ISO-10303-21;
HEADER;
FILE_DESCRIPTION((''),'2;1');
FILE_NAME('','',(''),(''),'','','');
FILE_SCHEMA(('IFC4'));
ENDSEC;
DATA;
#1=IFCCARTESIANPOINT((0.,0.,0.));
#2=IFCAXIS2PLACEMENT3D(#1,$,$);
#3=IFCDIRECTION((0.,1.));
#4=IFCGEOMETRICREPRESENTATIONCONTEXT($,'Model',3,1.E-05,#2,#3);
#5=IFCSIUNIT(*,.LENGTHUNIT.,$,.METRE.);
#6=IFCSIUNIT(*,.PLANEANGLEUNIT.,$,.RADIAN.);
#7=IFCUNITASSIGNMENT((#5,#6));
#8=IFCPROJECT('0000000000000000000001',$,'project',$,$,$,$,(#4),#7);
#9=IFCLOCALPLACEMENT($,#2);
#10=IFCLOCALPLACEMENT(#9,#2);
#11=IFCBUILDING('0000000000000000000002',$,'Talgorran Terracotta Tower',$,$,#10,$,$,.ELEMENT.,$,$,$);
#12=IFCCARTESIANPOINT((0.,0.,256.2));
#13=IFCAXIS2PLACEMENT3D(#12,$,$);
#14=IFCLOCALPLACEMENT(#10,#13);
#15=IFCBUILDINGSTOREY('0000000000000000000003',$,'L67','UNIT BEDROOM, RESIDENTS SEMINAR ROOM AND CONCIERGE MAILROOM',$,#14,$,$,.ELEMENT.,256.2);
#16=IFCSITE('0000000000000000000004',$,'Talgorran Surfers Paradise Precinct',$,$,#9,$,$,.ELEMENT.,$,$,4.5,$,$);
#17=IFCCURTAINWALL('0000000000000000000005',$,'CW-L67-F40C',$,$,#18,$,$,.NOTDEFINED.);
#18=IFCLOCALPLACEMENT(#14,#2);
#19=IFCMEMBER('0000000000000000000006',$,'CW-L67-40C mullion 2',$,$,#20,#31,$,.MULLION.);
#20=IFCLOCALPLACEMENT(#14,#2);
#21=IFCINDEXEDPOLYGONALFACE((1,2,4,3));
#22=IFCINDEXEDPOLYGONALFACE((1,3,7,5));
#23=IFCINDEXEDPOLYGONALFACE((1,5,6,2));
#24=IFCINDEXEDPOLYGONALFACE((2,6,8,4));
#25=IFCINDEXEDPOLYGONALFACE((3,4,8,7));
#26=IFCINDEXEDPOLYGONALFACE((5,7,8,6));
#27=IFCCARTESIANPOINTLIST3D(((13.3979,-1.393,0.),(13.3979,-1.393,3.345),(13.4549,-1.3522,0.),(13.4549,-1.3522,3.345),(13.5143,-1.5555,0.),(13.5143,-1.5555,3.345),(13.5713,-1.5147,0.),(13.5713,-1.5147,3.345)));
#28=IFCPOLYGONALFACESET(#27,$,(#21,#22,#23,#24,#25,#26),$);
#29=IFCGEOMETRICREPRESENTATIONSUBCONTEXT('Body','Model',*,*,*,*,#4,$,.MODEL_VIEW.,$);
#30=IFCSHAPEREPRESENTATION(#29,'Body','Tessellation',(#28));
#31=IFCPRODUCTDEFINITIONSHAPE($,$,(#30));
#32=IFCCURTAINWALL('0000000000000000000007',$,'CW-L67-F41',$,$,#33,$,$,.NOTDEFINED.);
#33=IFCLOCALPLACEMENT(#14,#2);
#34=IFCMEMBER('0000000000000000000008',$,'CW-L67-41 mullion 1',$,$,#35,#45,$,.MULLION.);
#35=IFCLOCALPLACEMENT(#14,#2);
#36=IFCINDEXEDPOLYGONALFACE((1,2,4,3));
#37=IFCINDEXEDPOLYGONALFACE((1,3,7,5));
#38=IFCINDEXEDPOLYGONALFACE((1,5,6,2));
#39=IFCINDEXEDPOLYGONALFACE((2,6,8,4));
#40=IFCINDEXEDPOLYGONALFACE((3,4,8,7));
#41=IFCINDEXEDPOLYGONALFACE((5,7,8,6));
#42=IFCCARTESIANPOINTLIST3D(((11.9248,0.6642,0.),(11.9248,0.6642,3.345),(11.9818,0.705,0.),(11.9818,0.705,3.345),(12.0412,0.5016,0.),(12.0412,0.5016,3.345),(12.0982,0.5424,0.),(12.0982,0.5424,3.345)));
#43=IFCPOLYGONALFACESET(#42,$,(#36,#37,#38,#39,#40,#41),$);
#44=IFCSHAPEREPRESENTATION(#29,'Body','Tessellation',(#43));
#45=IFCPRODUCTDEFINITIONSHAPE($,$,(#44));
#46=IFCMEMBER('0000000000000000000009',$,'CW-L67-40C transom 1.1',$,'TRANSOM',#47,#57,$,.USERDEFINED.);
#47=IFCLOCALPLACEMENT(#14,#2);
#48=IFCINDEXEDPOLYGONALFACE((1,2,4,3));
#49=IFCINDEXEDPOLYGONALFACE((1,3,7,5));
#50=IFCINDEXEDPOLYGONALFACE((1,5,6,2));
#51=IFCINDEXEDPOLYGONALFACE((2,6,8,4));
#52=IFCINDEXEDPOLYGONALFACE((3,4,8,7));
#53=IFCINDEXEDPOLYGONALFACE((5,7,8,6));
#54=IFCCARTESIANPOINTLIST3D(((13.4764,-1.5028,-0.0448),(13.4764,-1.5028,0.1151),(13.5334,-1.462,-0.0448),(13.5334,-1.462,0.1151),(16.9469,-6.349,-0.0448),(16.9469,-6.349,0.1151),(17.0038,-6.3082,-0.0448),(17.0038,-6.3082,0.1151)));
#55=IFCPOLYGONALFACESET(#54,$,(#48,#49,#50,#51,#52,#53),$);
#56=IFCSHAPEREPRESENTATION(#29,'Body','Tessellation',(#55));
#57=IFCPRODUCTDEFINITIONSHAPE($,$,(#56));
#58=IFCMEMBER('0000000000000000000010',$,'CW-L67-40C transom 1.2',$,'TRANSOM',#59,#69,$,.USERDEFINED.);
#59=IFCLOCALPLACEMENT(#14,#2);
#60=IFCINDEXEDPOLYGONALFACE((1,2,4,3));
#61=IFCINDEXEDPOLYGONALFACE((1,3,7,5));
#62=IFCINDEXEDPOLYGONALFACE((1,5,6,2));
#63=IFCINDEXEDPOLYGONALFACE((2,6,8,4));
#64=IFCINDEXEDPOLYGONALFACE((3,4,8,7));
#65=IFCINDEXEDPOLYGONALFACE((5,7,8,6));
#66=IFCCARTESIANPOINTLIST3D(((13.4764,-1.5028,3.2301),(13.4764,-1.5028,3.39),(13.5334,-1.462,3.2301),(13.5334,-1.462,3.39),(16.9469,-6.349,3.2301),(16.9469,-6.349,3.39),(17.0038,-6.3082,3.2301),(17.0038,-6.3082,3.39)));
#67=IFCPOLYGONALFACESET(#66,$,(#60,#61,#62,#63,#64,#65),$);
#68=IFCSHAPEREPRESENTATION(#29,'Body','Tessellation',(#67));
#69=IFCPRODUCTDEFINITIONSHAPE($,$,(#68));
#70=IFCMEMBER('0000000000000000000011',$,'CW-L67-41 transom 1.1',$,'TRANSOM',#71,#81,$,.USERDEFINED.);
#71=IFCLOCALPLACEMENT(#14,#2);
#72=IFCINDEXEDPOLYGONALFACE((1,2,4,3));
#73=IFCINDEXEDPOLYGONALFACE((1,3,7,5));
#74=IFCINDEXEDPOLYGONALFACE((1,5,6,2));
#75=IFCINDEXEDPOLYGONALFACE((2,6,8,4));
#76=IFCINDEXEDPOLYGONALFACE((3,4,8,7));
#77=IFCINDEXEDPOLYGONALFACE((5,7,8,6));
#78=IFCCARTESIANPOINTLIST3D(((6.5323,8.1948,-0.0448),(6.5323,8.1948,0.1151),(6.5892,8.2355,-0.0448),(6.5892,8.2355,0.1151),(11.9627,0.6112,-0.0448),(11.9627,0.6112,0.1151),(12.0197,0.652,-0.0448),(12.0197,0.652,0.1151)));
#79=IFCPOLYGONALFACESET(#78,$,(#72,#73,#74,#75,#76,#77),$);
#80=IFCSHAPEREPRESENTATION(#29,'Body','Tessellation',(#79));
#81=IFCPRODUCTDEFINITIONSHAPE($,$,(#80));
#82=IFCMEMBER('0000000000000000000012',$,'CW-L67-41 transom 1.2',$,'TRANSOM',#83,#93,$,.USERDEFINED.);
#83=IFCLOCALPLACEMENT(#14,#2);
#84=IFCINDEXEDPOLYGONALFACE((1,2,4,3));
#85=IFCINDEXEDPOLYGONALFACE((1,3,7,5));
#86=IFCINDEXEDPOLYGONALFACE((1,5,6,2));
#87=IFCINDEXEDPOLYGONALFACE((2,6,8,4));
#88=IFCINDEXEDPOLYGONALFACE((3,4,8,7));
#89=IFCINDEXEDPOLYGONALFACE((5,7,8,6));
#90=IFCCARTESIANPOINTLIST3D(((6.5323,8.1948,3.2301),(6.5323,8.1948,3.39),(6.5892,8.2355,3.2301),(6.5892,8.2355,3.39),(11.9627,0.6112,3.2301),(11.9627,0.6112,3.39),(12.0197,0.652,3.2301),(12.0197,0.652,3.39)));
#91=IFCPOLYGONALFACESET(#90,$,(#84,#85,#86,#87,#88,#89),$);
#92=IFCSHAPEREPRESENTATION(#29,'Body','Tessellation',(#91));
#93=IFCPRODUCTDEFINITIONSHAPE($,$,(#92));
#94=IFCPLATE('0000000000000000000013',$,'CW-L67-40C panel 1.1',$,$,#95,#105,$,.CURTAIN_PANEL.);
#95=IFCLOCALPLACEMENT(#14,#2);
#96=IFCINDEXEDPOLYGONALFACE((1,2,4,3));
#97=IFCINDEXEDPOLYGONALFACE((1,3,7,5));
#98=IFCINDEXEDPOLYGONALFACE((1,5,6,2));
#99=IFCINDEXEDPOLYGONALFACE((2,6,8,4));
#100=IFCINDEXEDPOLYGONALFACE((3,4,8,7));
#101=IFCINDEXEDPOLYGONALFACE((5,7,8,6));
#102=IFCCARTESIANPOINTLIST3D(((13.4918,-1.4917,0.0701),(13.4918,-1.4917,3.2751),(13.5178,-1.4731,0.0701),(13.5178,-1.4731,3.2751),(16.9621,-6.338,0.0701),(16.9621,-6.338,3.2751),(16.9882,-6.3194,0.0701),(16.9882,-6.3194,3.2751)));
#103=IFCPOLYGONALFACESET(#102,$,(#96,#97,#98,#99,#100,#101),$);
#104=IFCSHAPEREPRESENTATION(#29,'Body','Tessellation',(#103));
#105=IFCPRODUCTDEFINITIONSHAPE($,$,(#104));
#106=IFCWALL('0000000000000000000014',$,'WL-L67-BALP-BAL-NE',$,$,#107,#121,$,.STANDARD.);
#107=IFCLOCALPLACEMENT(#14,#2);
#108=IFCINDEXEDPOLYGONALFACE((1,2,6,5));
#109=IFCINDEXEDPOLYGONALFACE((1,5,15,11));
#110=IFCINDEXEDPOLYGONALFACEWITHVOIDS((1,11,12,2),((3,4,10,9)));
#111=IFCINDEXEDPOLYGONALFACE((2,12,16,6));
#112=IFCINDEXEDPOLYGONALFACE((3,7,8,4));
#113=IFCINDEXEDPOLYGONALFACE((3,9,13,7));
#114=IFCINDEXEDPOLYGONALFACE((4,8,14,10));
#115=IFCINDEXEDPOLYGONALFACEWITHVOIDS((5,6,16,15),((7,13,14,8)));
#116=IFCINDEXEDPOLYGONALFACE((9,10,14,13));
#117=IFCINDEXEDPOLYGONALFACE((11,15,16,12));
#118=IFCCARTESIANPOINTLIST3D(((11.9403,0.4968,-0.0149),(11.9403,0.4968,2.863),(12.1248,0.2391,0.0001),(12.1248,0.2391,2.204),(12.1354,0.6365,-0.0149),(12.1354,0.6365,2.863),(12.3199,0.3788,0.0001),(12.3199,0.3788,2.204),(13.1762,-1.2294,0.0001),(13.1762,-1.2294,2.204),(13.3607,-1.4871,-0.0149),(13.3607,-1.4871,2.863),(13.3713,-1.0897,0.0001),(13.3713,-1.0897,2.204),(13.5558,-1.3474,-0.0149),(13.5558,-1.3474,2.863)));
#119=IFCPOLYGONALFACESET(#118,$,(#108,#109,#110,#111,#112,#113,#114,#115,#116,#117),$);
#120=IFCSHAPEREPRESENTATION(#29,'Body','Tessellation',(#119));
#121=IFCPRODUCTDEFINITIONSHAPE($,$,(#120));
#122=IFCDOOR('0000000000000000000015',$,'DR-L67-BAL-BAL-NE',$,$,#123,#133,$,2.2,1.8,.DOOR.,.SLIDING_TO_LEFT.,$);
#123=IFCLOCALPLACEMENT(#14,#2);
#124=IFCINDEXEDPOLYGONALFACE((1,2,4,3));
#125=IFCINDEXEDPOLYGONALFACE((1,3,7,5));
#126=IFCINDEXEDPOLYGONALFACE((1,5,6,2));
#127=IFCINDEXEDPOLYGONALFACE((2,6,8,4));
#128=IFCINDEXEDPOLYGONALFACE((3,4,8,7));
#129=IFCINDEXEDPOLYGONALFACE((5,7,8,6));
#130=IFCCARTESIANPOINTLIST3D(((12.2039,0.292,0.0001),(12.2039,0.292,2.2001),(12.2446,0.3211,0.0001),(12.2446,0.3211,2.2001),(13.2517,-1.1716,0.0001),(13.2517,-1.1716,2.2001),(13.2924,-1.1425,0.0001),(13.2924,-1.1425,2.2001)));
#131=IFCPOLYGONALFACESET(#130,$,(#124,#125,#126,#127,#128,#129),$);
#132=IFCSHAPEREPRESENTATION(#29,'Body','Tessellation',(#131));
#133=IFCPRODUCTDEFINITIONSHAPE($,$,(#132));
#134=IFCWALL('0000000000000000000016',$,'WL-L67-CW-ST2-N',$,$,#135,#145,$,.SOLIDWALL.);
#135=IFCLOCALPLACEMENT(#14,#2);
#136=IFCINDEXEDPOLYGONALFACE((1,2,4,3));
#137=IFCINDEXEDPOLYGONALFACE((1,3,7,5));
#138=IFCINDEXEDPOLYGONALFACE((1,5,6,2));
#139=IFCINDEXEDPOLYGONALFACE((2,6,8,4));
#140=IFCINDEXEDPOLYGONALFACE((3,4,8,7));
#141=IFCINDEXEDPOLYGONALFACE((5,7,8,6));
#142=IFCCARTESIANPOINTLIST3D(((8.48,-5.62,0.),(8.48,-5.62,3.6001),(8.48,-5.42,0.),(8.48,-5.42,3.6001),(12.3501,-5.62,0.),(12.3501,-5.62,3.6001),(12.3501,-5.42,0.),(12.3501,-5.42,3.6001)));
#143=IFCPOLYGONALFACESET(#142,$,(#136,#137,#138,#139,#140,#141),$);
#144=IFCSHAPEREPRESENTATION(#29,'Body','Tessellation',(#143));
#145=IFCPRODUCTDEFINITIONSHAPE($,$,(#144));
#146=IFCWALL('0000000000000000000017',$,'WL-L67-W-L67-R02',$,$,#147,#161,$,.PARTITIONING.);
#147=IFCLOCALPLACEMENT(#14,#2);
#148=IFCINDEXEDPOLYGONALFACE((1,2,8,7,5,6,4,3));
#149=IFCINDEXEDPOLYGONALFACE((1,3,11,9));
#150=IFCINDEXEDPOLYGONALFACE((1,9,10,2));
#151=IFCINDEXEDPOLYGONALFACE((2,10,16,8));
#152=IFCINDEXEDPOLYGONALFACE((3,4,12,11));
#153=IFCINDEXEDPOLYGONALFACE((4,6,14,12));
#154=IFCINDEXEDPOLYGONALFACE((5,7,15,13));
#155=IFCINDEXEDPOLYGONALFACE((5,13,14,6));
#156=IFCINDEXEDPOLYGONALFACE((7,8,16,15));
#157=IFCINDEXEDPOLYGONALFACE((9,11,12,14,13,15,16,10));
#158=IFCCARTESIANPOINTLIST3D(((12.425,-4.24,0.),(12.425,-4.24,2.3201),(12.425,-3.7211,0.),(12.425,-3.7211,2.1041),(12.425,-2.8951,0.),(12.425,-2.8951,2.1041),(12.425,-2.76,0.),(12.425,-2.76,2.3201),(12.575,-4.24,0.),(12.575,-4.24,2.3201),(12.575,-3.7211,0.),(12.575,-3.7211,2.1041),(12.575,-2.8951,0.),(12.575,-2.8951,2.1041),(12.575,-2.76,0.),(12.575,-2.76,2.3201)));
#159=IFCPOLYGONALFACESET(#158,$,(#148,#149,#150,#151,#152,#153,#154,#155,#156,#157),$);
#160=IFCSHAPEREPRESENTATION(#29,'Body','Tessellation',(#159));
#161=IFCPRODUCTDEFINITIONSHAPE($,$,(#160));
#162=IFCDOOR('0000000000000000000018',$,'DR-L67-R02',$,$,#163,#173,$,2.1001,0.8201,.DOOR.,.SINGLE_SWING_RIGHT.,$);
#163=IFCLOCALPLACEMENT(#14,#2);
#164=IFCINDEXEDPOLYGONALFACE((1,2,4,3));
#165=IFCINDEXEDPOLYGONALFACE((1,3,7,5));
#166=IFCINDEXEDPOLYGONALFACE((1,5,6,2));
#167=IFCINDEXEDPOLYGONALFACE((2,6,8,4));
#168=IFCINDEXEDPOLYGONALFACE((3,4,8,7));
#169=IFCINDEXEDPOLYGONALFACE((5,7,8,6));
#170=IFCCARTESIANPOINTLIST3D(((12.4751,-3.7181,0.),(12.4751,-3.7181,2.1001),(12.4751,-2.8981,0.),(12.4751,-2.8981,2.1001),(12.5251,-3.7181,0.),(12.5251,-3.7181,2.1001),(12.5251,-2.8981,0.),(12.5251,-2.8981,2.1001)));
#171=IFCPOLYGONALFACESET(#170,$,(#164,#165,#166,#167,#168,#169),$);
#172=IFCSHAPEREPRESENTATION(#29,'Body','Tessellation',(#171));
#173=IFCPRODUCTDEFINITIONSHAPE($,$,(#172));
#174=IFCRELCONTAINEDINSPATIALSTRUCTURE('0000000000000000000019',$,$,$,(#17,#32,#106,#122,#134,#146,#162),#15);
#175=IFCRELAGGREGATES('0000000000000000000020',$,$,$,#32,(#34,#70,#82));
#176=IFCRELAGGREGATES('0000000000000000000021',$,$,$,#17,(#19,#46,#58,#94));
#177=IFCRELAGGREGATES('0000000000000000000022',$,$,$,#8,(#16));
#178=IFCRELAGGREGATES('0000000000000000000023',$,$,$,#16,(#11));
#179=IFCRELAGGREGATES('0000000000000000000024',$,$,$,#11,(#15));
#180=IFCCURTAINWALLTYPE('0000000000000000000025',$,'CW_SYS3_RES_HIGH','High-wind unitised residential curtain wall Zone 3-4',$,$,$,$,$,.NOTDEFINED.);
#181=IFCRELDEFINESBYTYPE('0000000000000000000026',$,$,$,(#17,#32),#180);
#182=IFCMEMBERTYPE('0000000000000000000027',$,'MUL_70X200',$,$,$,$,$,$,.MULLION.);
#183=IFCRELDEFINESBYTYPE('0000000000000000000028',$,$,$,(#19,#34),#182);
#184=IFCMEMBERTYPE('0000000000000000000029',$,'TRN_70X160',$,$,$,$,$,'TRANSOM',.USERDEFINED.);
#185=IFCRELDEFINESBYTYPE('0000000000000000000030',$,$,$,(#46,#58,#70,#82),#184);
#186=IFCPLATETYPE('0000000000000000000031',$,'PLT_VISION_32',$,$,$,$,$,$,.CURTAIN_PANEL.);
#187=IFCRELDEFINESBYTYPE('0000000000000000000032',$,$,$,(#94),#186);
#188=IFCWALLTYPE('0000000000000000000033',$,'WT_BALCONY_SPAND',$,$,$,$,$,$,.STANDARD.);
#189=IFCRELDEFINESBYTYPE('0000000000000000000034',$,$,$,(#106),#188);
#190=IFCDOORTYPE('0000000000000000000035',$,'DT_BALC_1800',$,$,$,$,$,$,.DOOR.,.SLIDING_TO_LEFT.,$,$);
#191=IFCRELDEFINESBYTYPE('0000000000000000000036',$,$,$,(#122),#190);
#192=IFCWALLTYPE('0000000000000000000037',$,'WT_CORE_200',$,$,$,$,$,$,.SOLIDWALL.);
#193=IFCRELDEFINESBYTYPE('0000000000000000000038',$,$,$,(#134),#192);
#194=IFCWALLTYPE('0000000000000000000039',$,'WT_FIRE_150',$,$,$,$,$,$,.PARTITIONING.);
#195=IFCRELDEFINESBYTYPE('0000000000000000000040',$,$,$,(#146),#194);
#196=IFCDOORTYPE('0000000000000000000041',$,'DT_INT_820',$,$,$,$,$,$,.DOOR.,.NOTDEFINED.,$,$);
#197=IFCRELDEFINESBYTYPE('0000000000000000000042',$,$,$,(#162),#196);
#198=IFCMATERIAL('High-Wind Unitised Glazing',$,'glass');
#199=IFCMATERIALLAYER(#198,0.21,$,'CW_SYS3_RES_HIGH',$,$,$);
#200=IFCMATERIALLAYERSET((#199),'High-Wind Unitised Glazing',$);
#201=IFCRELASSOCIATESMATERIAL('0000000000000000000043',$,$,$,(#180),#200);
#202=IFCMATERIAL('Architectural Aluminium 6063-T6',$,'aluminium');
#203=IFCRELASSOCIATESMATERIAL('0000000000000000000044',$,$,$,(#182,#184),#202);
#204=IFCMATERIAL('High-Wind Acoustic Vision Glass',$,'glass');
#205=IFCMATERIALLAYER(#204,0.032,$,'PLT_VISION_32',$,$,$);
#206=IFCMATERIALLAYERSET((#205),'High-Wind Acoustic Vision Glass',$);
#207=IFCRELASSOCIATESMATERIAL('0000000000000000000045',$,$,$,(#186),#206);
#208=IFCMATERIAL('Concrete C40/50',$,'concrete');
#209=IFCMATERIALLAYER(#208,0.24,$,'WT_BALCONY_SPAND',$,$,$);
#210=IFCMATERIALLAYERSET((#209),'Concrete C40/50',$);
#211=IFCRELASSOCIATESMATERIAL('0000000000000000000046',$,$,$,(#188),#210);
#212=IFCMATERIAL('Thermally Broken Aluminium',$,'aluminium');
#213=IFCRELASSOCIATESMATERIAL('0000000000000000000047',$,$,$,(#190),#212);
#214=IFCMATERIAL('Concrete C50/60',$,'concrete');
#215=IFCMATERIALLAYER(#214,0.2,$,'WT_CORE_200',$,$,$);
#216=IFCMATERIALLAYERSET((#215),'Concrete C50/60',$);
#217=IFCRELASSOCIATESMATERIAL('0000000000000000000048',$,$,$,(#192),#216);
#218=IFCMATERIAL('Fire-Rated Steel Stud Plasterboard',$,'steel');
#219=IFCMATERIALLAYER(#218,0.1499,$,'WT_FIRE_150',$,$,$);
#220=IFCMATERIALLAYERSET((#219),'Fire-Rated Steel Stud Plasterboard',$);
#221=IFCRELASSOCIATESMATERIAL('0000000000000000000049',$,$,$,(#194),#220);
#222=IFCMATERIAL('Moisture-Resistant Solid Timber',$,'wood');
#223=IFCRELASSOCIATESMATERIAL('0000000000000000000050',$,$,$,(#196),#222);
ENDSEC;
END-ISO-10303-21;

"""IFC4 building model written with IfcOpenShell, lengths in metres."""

from ifc_helpers import new_model, si_unit, direction, frame, frame_2d, origin, origin_2d, place, context, subcontext, project, spatial, rectangle, extrude, source, transform, mapped, material, layer, layer_set, material_profile, profile_set, type_object, type_shapes, element, fill, aggregate, save


model = new_model("IFC4")

# Units and contexts
model_context = context("Model", 3, precision=1e-05, world=origin(), true_north=direction((0.0, 1.0)))
body_context = subcontext(model_context, "Body", "Model", "MODEL_VIEW")
ifc_project = project(units=[si_unit("LENGTHUNIT", "METRE"), si_unit("PLANEANGLEUNIT", "RADIAN")], contexts=[model_context])

# Site, building, storey
site_placement = place(None, origin())
site = spatial("IfcSite", under=ifc_project, at=site_placement, Name="Talgorran Surfers Paradise Precinct", CompositionType="ELEMENT", RefElevation=4.5)
building_placement = place(site_placement, origin())
building = spatial("IfcBuilding", under=site, at=building_placement, Name="Talgorran Terracotta Tower", CompositionType="ELEMENT")
storey_placement = place(building_placement, frame((0.0, 0.0, 256.2)))
storey = spatial("IfcBuildingStorey", under=building, at=storey_placement, Name="L67", Description="UNIT BEDROOM, RESIDENTS SEMINAR ROOM AND CONCIERGE MAILROOM", CompositionType="ELEMENT", Elevation=256.2)

# Shared definitions
ifc_material_1 = material(Name="High-Wind Unitised Glazing", Category="glass")
ifc_layer_1 = layer(ifc_material_1, 0.21, Name="CW_SYS3_RES_HIGH")
ifc_layer_set_1 = layer_set([ifc_layer_1], Name="High-Wind Unitised Glazing")
curtain_wall_type = type_object("IfcCurtainWallType", Name="CW_SYS3_RES_HIGH", Description="High-wind unitised residential curtain wall Zone 3-4", PredefinedType="NOTDEFINED", material=ifc_layer_set_1)
ifc_material_2 = material(Name="Architectural Aluminium 6063-T6", Category="aluminium")
ifc_material_profile_1 = material_profile(ifc_material_2, rectangle(XDim=0.0701, YDim=0.2, at=origin_2d()), Name="CWM70X200")
ifc_profile_set_1 = profile_set([ifc_material_profile_1], Name="Architectural Aluminium 6063-T6")
member_type_1 = type_object("IfcMemberType", Name="MUL_70X200", PredefinedType="MULLION", material=ifc_profile_set_1)

# Curtain wall, member
curtain_wall_1_placement = place(storey_placement, origin())
curtain_wall_1 = element("IfcCurtainWall", 1, at=curtain_wall_1_placement, inside=storey, type_object=curtain_wall_type, Name="CW-L67-F40C", PredefinedType="NOTDEFINED")
member_1_placement = place(storey_placement, frame((13.4846, -1.4539, 0.0), z_axis=(0.0, 0.0, 1.0), x_axis=(-0.813045, -0.582201, 0.0)))
member_1 = element("IfcMember", 2, at=member_1_placement, type_object=member_type_1, Name="CW-L67-40C mullion 2", PredefinedType="MULLION", context=body_context, shape_type="SweptSolid", body=[
    extrude(rectangle(XDim=0.0701, YDim=0.2, at=origin_2d()), origin(), (0.0, 0.0, 1.0), 3.345),
])

# Curtain wall, member
curtain_wall_2_placement = place(storey_placement, origin())
curtain_wall_2 = element("IfcCurtainWall", 3, at=curtain_wall_2_placement, inside=storey, type_object=curtain_wall_type, Name="CW-L67-F41", PredefinedType="NOTDEFINED")
member_2_placement = place(storey_placement, frame((12.0115, 0.6033, 0.0), z_axis=(0.0, 0.0, 1.0), x_axis=(-0.813042, -0.582205, 0.0)))
member_2 = element("IfcMember", 4, at=member_2_placement, type_object=member_type_1, Name="CW-L67-41 mullion 1", PredefinedType="MULLION", context=body_context, shape_type="SweptSolid", body=[
    extrude(rectangle(XDim=0.0701, YDim=0.2, at=origin_2d()), origin(), (0.0, 0.0, 1.0), 3.345),
])

# Members
ifc_material_profile_2 = material_profile(ifc_material_2, rectangle(XDim=0.0701, YDim=0.1599, at=origin_2d()), Name="CWT70X160")
ifc_profile_set_2 = profile_set([ifc_material_profile_2], Name="Architectural Aluminium 6063-T6")
member_type_2 = type_object("IfcMemberType", Name="TRN_70X160", ElementType="TRANSOM", PredefinedType="USERDEFINED", material=ifc_profile_set_2)
member_3_placement = place(storey_placement, frame((16.9753, -6.3286, 0.0352), z_axis=(-0.582226, 0.813027, 0.0), x_axis=(-0.813027, -0.582226, 0.0)))
member_3 = element("IfcMember", 5, at=member_3_placement, type_object=member_type_2, Name="CW-L67-40C transom 1.1", ObjectType="TRANSOM", PredefinedType="USERDEFINED", context=body_context, shape_type="SweptSolid", body=[
    extrude(rectangle(XDim=0.0701, YDim=0.1599, at=origin_2d()), origin(), (0.0, 0.0, 1.0), 5.9607),
])
member_4_placement = place(storey_placement, frame((16.9753, -6.3286, 3.3101), z_axis=(-0.582226, 0.813027, 0.0), x_axis=(-0.813027, -0.582226, 0.0)))
member_4 = element("IfcMember", 6, at=member_4_placement, type_object=member_type_2, Name="CW-L67-40C transom 1.2", ObjectType="TRANSOM", PredefinedType="USERDEFINED", context=body_context, shape_type="SweptSolid", body=[
    extrude(rectangle(XDim=0.0701, YDim=0.1599, at=origin_2d()), origin(), (0.0, 0.0, 1.0), 5.9607),
])
member_5_placement = place(storey_placement, frame((11.9912, 0.6316, 0.0352), z_axis=(-0.582206, 0.813041, 0.0), x_axis=(-0.813041, -0.582206, 0.0)))
member_5 = element("IfcMember", 7, at=member_5_placement, type_object=member_type_2, Name="CW-L67-41 transom 1.1", ObjectType="TRANSOM", PredefinedType="USERDEFINED", context=body_context, shape_type="SweptSolid", body=[
    extrude(rectangle(XDim=0.0701, YDim=0.1599, at=origin_2d()), origin(), (0.0, 0.0, 1.0), 9.3274),
])
member_6_placement = place(storey_placement, frame((11.9912, 0.6316, 3.3101), z_axis=(-0.582206, 0.813041, 0.0), x_axis=(-0.813041, -0.582206, 0.0)))
member_6 = element("IfcMember", 8, at=member_6_placement, type_object=member_type_2, Name="CW-L67-41 transom 1.2", ObjectType="TRANSOM", PredefinedType="USERDEFINED", context=body_context, shape_type="SweptSolid", body=[
    extrude(rectangle(XDim=0.0701, YDim=0.1599, at=origin_2d()), origin(), (0.0, 0.0, 1.0), 9.3274),
])
aggregate(curtain_wall_2, [member_2, member_5, member_6])

# Plate
ifc_material_3 = material(Name="High-Wind Acoustic Vision Glass", Category="glass")
ifc_layer_2 = layer(ifc_material_3, 0.032, Name="PLT_VISION_32")
ifc_layer_set_2 = layer_set([ifc_layer_2], Name="High-Wind Acoustic Vision Glass")
plate_type = type_object("IfcPlateType", Name="PLT_VISION_32", PredefinedType="CURTAIN_PANEL", material=ifc_layer_set_2)
shared_shape = source(origin(), body_context, "Body", "SweptSolid", [
    extrude(rectangle(XDim=5.9607, YDim=0.032, at=origin_2d()), origin(), (0.0, 0.0, 1.0), 3.2051),
])
type_shapes(plate_type, [shared_shape])
plate_placement = place(storey_placement, frame((15.24, -3.9055, 0.0701), z_axis=(0.0, 0.0, 1.0), x_axis=(-0.582201, 0.813045, 0.0)))
plate = element("IfcPlate", 9, at=plate_placement, type_object=plate_type, Name="CW-L67-40C panel 1.1", PredefinedType="CURTAIN_PANEL", context=body_context, shape_type="MappedRepresentation", body=[
    mapped(shared_shape, transform((0.0, 0.0, 0.0), scale=1.0)),
])
aggregate(curtain_wall_1, [member_1, member_3, member_4, plate])

# Wall, opening, door
ifc_material_4 = material(Name="Concrete C40/50", Category="concrete")
ifc_layer_3 = layer(ifc_material_4, 0.24, Name="WT_BALCONY_SPAND")
ifc_layer_set_3 = layer_set([ifc_layer_3], Name="Concrete C40/50")
wall_type_1 = type_object("IfcWallType", Name="WT_BALCONY_SPAND", PredefinedType="STANDARD", material=ifc_layer_set_3)
wall_1_placement = place(storey_placement, frame((13.4583, -1.4172, -0.0149), z_axis=(0.0, 0.0, 1.0), x_axis=(-0.582146, 0.813084, 0.0)))
wall_1 = element("IfcWall", 10, at=wall_1_placement, inside=storey, type_object=wall_type_1, Name="WL-L67-BALP-BAL-NE", PredefinedType="STANDARD", context=body_context, shape_type="SweptSolid", body=[
    extrude(rectangle(XDim=2.4399, YDim=0.24, at=frame_2d((1.22, 0.0))), origin(), (0.0, 0.0, 1.0), 2.8779),
])
opening_1_placement = place(wall_1_placement, frame((0.3201, 0.0, 0.0149)))
opening_1 = element("IfcOpeningElement", 11, at=opening_1_placement, cuts=wall_1, PredefinedType="OPENING", context=body_context, shape_type="SweptSolid", body=[
    extrude(rectangle(XDim=1.806, YDim=2.204, at=frame_2d((0.8999, 1.1021))), frame((0.0, 0.1299, 0.0), z_axis=(0.0, -1.0, 0.0), x_axis=(1.0, 0.0, 0.0)), (0.0, 0.0, 1.0), 0.26),
])
ifc_material_5 = material(Name="Thermally Broken Aluminium", Category="aluminium")
door_type_1 = type_object("IfcDoorType", Name="DT_BALC_1800", OperationType="SLIDING_TO_LEFT", PredefinedType="DOOR", material=ifc_material_5)
door_1_placement = place(opening_1_placement, origin())
door_1 = element("IfcDoor", 12, at=door_1_placement, inside=storey, type_object=door_type_1, Name="DR-L67-BAL-BAL-NE", OperationType="SLIDING_TO_LEFT", OverallHeight=2.2, OverallWidth=1.8, PredefinedType="DOOR", context=body_context, shape_type="SweptSolid", body=[
    extrude(rectangle(XDim=1.8, YDim=2.2, at=frame_2d((0.8999, 1.1001))), frame((0.0, 0.0249, 0.0), z_axis=(0.0, -1.0, 0.0), x_axis=(1.0, 0.0, 0.0)), (0.0, 0.0, 1.0), 0.05),
])
fill(opening_1, door_1)

# Wall
ifc_material_6 = material(Name="Concrete C50/60", Category="concrete")
ifc_layer_4 = layer(ifc_material_6, 0.2, Name="WT_CORE_200")
ifc_layer_set_4 = layer_set([ifc_layer_4], Name="Concrete C50/60")
wall_type_2 = type_object("IfcWallType", Name="WT_CORE_200", PredefinedType="SOLIDWALL", material=ifc_layer_set_4)
wall_2_placement = place(storey_placement, frame((8.48, -5.52, 0.0), z_axis=(0.0, 0.0, 1.0), x_axis=(1.0, 0.0, 0.0)))
element("IfcWall", 13, at=wall_2_placement, inside=storey, type_object=wall_type_2, Name="WL-L67-CW-ST2-N", PredefinedType="SOLIDWALL", context=body_context, shape_type="SweptSolid", body=[
    extrude(rectangle(XDim=3.8701, YDim=0.2, at=frame_2d((1.9351, 0.0))), origin(), (0.0, 0.0, 1.0), 3.6001),
])

# Wall, opening, door
ifc_material_7 = material(Name="Fire-Rated Steel Stud Plasterboard", Category="steel")
ifc_layer_5 = layer(ifc_material_7, 0.1499, Name="WT_FIRE_150")
ifc_layer_set_5 = layer_set([ifc_layer_5], Name="Fire-Rated Steel Stud Plasterboard")
wall_type_3 = type_object("IfcWallType", Name="WT_FIRE_150", PredefinedType="PARTITIONING", material=ifc_layer_set_5)
wall_3_placement = place(storey_placement, frame((12.5, -4.24, 0.0), z_axis=(0.0, 0.0, 1.0), x_axis=(0.0, 1.0, 0.0)))
wall_3 = element("IfcWall", 14, at=wall_3_placement, inside=storey, type_object=wall_type_3, Name="WL-L67-W-L67-R02", PredefinedType="PARTITIONING", context=body_context, shape_type="SweptSolid", body=[
    extrude(rectangle(XDim=1.48, YDim=0.1499, at=frame_2d((0.74, 0.0))), origin(), (0.0, 0.0, 1.0), 2.3201),
])
opening_2_placement = place(wall_3_placement, frame((0.5217, 0.0, 0.0)))
opening_2 = element("IfcOpeningElement", 15, at=opening_2_placement, cuts=wall_3, PredefinedType="OPENING", context=body_context, shape_type="SweptSolid", body=[
    extrude(rectangle(XDim=0.8261, YDim=2.1041, at=frame_2d((0.4102, 1.052))), frame((0.0, 0.085, 0.0), z_axis=(0.0, -1.0, 0.0), x_axis=(1.0, 0.0, 0.0)), (0.0, 0.0, 1.0), 0.1699),
])
ifc_material_8 = material(Name="Moisture-Resistant Solid Timber", Category="wood")
door_type_2 = type_object("IfcDoorType", Name="DT_INT_820", OperationType="NOTDEFINED", PredefinedType="DOOR", material=ifc_material_8)
door_2_placement = place(opening_2_placement, origin())
door_2 = element("IfcDoor", 16, at=door_2_placement, inside=storey, type_object=door_type_2, Name="DR-L67-R02", OperationType="SINGLE_SWING_RIGHT", OverallHeight=2.1001, OverallWidth=0.8201, PredefinedType="DOOR", context=body_context, shape_type="SweptSolid", body=[
    extrude(rectangle(XDim=0.8201, YDim=2.1001, at=frame_2d((0.4102, 1.05))), frame((0.0, 0.0249, 0.0), z_axis=(0.0, -1.0, 0.0), x_axis=(1.0, 0.0, 0.0)), (0.0, 0.0, 1.0), 0.05),
])
fill(opening_2, door_2)

save(model, "model.ifc")
